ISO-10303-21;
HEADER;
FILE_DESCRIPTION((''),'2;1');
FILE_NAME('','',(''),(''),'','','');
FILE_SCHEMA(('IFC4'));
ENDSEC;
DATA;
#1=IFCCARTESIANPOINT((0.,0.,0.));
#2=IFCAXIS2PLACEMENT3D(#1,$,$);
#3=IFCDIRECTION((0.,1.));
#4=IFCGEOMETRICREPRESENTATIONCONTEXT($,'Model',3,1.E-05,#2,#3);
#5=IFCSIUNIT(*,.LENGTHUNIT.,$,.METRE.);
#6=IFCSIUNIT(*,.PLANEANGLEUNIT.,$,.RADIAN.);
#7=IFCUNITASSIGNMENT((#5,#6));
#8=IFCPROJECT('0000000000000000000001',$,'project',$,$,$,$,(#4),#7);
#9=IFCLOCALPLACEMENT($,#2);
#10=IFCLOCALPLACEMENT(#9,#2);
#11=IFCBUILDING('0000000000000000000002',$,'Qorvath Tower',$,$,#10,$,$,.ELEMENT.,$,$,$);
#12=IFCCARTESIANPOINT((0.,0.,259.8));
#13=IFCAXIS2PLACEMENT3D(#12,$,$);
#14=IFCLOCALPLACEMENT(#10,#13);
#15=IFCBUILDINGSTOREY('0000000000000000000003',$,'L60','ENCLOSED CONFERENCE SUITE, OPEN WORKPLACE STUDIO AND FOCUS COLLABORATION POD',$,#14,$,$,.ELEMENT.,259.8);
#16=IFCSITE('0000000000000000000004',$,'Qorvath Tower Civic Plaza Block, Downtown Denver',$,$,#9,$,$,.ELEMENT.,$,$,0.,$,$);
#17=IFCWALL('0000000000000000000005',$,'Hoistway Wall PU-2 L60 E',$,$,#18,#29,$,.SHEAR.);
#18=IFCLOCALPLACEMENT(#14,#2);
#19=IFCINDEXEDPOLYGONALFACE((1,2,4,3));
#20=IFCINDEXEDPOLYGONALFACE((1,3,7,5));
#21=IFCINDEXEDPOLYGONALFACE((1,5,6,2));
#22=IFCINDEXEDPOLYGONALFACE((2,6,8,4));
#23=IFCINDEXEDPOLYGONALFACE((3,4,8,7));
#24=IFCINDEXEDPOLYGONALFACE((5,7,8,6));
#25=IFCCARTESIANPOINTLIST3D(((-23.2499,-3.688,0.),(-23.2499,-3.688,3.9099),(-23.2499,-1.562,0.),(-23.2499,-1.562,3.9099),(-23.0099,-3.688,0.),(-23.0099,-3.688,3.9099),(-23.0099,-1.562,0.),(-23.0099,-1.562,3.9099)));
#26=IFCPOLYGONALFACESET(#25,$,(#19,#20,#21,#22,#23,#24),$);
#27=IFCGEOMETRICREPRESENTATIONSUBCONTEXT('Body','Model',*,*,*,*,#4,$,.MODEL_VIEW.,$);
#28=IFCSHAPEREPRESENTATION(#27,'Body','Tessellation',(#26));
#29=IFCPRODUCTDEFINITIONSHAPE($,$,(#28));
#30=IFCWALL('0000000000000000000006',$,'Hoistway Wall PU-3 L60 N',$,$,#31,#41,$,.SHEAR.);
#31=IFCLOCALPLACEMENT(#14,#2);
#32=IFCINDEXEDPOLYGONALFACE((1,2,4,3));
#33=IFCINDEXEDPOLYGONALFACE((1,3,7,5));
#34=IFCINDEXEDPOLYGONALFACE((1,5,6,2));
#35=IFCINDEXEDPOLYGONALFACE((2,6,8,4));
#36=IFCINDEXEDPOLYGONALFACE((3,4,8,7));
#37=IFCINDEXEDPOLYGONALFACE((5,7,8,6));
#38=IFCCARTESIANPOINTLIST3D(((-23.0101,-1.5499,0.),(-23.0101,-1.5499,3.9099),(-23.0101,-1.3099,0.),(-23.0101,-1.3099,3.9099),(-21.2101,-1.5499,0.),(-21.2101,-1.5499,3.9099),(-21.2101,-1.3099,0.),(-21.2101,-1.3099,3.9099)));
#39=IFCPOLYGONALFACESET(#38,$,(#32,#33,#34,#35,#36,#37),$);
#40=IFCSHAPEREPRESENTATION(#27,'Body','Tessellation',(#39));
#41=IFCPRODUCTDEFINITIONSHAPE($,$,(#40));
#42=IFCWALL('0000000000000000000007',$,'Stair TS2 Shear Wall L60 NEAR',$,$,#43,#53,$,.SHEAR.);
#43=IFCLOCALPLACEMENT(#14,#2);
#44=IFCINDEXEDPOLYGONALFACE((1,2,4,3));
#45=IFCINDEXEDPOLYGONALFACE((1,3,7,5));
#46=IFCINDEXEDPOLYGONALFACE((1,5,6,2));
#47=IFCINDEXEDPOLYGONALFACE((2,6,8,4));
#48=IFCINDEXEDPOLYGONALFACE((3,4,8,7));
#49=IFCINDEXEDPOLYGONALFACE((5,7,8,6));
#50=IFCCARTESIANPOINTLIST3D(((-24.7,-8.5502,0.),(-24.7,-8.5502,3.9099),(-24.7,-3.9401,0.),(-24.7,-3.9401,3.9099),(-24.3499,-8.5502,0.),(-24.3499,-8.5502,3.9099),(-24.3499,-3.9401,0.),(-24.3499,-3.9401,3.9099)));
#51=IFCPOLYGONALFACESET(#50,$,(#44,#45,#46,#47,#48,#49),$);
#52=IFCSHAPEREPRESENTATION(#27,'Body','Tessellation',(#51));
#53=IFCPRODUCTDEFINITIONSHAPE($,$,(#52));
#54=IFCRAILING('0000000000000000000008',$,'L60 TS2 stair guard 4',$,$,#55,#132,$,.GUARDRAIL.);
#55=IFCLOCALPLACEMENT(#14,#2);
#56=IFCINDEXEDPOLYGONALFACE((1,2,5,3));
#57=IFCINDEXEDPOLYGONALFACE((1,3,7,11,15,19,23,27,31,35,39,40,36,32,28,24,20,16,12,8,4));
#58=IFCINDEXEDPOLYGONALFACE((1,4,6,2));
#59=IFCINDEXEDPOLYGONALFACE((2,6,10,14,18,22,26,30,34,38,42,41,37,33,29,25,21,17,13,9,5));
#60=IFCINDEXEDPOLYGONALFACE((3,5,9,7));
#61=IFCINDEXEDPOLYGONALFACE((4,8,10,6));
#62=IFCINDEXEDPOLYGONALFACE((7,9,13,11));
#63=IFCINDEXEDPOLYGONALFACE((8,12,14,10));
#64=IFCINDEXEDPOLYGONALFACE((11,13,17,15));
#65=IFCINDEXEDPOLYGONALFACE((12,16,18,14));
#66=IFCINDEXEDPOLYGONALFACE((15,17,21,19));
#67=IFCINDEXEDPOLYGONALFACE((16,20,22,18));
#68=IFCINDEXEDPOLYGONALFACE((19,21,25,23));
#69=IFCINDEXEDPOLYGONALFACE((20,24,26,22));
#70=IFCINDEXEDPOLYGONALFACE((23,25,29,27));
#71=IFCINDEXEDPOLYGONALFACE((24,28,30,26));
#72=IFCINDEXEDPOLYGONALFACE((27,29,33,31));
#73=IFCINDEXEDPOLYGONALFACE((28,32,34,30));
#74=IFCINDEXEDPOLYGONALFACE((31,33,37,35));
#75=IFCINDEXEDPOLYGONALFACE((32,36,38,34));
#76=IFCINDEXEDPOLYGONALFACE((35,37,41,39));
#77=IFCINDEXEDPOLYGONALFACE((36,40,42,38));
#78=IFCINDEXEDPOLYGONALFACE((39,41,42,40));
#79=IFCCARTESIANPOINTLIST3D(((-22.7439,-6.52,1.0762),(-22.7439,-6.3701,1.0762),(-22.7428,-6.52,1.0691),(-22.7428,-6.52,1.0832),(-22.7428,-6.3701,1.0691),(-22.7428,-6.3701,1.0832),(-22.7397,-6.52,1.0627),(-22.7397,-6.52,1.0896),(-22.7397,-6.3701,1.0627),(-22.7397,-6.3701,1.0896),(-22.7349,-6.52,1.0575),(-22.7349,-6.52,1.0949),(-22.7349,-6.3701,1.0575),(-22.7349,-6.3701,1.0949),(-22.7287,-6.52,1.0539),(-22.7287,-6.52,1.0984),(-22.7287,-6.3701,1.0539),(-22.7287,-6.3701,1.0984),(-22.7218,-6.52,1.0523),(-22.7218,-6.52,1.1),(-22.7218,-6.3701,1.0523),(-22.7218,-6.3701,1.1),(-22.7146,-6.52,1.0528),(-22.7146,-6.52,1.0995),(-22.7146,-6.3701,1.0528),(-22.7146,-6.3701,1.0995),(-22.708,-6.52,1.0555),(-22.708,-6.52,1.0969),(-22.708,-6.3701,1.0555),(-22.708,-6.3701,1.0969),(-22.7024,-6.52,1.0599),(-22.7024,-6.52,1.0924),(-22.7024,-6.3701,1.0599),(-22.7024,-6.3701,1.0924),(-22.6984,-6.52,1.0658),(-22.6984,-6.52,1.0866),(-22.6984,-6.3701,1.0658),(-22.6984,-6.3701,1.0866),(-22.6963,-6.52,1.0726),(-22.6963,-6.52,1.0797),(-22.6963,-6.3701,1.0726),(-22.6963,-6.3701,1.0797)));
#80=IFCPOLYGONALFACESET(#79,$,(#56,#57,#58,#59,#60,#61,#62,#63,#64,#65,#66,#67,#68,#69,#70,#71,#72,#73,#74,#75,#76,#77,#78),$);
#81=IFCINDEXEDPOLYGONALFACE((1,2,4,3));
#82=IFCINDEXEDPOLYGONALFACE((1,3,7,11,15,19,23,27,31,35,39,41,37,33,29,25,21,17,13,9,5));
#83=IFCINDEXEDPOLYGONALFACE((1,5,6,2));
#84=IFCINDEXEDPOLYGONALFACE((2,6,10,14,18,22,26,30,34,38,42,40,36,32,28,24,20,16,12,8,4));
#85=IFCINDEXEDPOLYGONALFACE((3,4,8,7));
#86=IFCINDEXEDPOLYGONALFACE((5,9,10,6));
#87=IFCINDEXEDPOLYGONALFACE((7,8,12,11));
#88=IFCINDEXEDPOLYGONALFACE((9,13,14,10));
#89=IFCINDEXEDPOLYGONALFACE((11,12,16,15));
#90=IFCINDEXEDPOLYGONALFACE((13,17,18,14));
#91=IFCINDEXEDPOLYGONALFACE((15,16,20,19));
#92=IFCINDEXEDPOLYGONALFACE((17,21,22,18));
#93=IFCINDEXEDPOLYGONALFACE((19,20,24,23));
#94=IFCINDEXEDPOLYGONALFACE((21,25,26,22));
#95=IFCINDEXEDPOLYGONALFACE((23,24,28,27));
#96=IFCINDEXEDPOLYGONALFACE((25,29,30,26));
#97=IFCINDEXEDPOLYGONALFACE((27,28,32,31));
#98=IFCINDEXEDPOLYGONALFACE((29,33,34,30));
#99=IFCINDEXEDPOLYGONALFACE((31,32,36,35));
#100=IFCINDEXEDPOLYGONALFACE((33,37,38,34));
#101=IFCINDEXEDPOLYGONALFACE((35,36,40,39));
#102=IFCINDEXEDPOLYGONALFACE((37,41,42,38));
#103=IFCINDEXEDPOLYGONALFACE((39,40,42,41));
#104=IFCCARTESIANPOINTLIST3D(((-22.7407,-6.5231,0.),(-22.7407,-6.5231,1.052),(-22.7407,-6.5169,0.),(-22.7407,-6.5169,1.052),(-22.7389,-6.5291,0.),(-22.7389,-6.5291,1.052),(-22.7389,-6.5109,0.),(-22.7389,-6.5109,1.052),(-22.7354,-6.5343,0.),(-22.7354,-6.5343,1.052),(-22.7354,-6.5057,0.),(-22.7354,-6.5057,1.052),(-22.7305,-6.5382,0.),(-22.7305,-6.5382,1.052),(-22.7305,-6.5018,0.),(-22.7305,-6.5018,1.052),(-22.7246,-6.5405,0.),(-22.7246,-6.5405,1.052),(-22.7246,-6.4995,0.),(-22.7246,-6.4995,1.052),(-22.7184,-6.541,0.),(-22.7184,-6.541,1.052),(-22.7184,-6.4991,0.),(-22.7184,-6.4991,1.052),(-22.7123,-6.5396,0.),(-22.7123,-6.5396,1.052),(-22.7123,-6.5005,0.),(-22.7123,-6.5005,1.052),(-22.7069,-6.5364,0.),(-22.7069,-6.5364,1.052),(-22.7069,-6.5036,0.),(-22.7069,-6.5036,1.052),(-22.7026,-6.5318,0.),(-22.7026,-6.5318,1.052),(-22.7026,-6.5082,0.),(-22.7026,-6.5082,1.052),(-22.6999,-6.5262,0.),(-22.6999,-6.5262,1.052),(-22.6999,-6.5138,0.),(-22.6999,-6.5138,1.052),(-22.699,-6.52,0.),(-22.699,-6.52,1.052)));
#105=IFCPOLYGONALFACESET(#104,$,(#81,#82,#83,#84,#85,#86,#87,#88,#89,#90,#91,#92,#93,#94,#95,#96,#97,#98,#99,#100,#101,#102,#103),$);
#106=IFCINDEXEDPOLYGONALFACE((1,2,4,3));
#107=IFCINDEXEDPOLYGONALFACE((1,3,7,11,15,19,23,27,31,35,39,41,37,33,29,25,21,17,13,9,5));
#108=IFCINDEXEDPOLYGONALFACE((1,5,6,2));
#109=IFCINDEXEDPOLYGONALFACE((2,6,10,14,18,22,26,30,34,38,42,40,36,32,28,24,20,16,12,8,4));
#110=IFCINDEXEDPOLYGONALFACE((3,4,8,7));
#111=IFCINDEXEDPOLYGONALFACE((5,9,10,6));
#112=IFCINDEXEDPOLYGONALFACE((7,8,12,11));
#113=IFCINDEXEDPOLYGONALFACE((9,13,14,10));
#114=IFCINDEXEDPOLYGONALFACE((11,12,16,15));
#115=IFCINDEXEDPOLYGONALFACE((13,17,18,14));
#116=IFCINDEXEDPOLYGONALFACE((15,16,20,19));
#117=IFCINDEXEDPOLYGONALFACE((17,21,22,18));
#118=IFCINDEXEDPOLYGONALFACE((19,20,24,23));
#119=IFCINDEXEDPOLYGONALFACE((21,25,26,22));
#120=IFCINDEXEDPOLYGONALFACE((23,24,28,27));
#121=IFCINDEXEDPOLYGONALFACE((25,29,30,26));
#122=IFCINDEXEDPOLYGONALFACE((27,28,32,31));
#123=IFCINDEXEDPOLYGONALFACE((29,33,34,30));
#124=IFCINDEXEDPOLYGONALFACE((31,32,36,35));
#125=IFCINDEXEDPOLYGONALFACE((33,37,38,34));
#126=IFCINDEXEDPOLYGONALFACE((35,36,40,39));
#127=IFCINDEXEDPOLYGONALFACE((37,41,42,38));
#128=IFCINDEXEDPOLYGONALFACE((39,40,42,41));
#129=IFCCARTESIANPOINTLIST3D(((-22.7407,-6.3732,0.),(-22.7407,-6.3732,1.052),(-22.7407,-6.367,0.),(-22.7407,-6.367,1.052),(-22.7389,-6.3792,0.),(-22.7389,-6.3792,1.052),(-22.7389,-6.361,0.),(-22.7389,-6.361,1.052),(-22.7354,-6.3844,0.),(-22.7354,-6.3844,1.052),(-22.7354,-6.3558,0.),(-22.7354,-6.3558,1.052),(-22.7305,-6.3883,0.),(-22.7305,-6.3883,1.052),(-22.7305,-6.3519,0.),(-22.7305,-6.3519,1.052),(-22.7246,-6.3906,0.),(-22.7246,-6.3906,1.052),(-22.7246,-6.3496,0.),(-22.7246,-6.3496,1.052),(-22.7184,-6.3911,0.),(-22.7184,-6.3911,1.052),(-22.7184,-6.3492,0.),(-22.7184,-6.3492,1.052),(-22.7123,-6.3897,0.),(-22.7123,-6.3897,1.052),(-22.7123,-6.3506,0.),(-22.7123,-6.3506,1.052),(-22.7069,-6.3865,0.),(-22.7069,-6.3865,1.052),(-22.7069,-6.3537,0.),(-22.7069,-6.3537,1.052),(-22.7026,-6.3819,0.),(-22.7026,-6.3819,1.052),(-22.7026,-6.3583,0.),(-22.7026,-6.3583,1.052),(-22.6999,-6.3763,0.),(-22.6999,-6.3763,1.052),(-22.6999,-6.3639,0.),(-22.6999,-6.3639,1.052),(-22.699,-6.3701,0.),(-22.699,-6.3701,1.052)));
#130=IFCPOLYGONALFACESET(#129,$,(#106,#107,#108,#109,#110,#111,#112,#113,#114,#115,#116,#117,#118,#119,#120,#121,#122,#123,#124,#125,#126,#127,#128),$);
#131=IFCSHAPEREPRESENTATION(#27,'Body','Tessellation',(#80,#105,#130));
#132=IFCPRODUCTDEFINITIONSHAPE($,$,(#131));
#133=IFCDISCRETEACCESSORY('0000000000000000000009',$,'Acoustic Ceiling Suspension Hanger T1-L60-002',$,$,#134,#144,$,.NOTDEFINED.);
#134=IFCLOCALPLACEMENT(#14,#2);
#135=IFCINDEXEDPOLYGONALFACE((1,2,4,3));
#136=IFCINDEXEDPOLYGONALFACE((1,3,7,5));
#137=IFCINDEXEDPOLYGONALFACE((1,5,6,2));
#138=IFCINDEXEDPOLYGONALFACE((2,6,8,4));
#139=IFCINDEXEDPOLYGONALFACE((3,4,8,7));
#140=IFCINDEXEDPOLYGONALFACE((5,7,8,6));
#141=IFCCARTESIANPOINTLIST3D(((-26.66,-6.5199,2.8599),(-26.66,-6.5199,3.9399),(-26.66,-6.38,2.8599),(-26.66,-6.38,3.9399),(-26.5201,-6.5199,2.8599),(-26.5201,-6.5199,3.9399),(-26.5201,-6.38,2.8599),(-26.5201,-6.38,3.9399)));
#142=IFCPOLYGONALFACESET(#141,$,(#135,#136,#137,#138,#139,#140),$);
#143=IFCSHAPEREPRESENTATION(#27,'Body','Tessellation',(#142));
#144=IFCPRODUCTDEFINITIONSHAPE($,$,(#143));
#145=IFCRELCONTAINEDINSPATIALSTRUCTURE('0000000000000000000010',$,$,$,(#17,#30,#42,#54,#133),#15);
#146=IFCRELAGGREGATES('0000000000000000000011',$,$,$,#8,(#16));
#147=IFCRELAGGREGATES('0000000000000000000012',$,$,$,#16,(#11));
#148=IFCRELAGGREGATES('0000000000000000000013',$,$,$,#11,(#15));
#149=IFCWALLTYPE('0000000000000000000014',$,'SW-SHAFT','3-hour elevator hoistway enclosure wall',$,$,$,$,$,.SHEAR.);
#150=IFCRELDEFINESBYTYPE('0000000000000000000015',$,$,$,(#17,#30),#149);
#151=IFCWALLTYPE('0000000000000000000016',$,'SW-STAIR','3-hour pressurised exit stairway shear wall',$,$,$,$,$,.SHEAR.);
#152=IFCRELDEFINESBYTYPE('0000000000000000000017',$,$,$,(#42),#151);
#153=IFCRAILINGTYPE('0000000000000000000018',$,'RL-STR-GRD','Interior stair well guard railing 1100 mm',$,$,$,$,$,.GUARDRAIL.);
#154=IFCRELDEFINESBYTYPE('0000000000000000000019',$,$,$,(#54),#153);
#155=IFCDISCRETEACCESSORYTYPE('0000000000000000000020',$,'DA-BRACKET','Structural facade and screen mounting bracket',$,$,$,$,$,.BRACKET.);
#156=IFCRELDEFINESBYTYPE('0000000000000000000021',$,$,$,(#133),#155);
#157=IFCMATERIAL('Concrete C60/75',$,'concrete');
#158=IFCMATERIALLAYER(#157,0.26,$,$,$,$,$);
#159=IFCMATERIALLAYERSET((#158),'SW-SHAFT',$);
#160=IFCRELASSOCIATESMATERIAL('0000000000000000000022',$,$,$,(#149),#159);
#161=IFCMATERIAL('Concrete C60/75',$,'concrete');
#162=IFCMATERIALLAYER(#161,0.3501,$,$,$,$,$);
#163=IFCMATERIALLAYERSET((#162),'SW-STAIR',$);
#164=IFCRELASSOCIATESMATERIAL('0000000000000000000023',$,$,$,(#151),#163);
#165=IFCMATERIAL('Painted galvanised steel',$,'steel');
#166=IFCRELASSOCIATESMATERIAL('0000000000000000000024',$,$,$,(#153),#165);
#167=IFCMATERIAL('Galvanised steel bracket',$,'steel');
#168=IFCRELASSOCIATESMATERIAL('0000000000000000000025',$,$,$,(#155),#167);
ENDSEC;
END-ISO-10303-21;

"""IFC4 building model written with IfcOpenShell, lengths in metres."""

from ifc_helpers import new_model, si_unit, direction, frame, frame_2d, origin, origin_2d, place, context, subcontext, project, spatial, rectangle, circle, extrude, material, layer, layer_set, type_object, element, save


model = new_model("IFC4")

# Units and contexts
model_context = context("Model", 3, precision=1e-05, world=origin(), true_north=direction((0.0, 1.0)))
body_context = subcontext(model_context, "Body", "Model", "MODEL_VIEW")
ifc_project = project(units=[si_unit("LENGTHUNIT", "METRE"), si_unit("PLANEANGLEUNIT", "RADIAN")], contexts=[model_context])

# Site, building, storey
site_placement = place(None, origin())
site = spatial("IfcSite", under=ifc_project, at=site_placement, Name="Qorvath Tower Civic Plaza Block, Downtown Denver", CompositionType="ELEMENT", RefElevation=0.0)
building_placement = place(site_placement, origin())
building = spatial("IfcBuilding", under=site, at=building_placement, Name="Qorvath Tower", CompositionType="ELEMENT")
storey_placement = place(building_placement, frame((0.0, 0.0, 259.8)))
storey = spatial("IfcBuildingStorey", under=building, at=storey_placement, Name="L60", Description="ENCLOSED CONFERENCE SUITE, OPEN WORKPLACE STUDIO AND FOCUS COLLABORATION POD", CompositionType="ELEMENT", Elevation=259.8)

# Shared definitions
ifc_material_1 = material(Name="Concrete C60/75", Category="concrete")
ifc_layer_1 = layer(ifc_material_1, 0.26)
ifc_layer_set_1 = layer_set([ifc_layer_1], Name="SW-SHAFT")
wall_type_1 = type_object("IfcWallType", Name="SW-SHAFT", Description="3-hour elevator hoistway enclosure wall", PredefinedType="SHEAR", material=ifc_layer_set_1)

# Walls
wall_1_placement = place(storey_placement, frame((-23.1299, -1.562, 0.0), z_axis=(0.0, 0.0, 1.0), x_axis=(0.0, -1.0, 0.0)))
element("IfcWall", 1, at=wall_1_placement, inside=storey, type_object=wall_type_1, Name="Hoistway Wall PU-2 L60 E", PredefinedType="SHEAR", context=body_context, shape_type="SweptSolid", body=[
    extrude(rectangle(XDim=2.126, YDim=0.24, at=frame_2d((1.063, 0.0))), origin(), (0.0, 0.0, 1.0), 3.9099),
])
wall_2_placement = place(storey_placement, frame((-23.01, -1.4299, 0.0), z_axis=(0.0, 0.0, 1.0), x_axis=(1.0, 0.0, 0.0)))
element("IfcWall", 2, at=wall_2_placement, inside=storey, type_object=wall_type_1, Name="Hoistway Wall PU-3 L60 N", PredefinedType="SHEAR", context=body_context, shape_type="SweptSolid", body=[
    extrude(rectangle(XDim=1.8, YDim=0.24, at=frame_2d((0.8999, 0.0))), origin(), (0.0, 0.0, 1.0), 3.9099),
])
ifc_material_2 = material(Name="Concrete C60/75", Category="concrete")
ifc_layer_2 = layer(ifc_material_2, 0.3501)
ifc_layer_set_2 = layer_set([ifc_layer_2], Name="SW-STAIR")
wall_type_2 = type_object("IfcWallType", Name="SW-STAIR", Description="3-hour pressurised exit stairway shear wall", PredefinedType="SHEAR", material=ifc_layer_set_2)
wall_3_placement = place(storey_placement, frame((-24.5249, -3.9399, 0.0), z_axis=(0.0, 0.0, 1.0), x_axis=(0.0, -1.0, 0.0)))
element("IfcWall", 3, at=wall_3_placement, inside=storey, type_object=wall_type_2, Name="Stair TS2 Shear Wall L60 NEAR", PredefinedType="SHEAR", context=body_context, shape_type="SweptSolid", body=[
    extrude(rectangle(XDim=4.6101, YDim=0.3501, at=frame_2d((2.3052, 0.0))), origin(), (0.0, 0.0, 1.0), 3.9099),
])

# Railing
ifc_material_3 = material(Name="Painted galvanised steel", Category="steel")
railing_type = type_object("IfcRailingType", Name="RL-STR-GRD", Description="Interior stair well guard railing 1100 mm", PredefinedType="GUARDRAIL", material=ifc_material_3)
railing_placement = place(storey_placement, frame((-22.72, -6.52, 0.0)))
element("IfcRailing", 4, at=railing_placement, inside=storey, type_object=railing_type, Name="L60 TS2 stair guard 4", PredefinedType="GUARDRAIL", context=body_context, shape_type="SweptSolid", body=[
    extrude(circle(Radius=0.0239, at=origin_2d()), frame((0.0, 0.0, 1.0762), z_axis=(0.0, 1.0, 0.0), x_axis=(-1.0, 0.0, 0.0)), (0.0, 0.0, 1.0), 0.1499),
    extrude(circle(Radius=0.021, at=origin_2d()), origin(), (0.0, 0.0, 1.0), 1.052),
    extrude(circle(Radius=0.021, at=origin_2d()), frame((0.0, 0.1499, 0.0)), (0.0, 0.0, 1.0), 1.052),
])

# Discrete accessory
ifc_material_4 = material(Name="Galvanised steel bracket", Category="steel")
discrete_accessory_type = type_object("IfcDiscreteAccessoryType", Name="DA-BRACKET", Description="Structural facade and screen mounting bracket", PredefinedType="BRACKET", material=ifc_material_4)
discrete_accessory_placement = place(storey_placement, frame((-26.5901, -6.45, 2.8599), z_axis=(0.0, 0.0, 1.0), x_axis=(1.0, 0.0, 0.0)))
element("IfcDiscreteAccessory", 5, at=discrete_accessory_placement, inside=storey, type_object=discrete_accessory_type, Name="Acoustic Ceiling Suspension Hanger T1-L60-002", PredefinedType="NOTDEFINED", context=body_context, shape_type="SweptSolid", body=[
    extrude(rectangle(XDim=0.1399, YDim=0.1399, at=origin_2d()), origin(), (0.0, 0.0, 1.0), 1.0801),
])

save(model, "model.ifc")
